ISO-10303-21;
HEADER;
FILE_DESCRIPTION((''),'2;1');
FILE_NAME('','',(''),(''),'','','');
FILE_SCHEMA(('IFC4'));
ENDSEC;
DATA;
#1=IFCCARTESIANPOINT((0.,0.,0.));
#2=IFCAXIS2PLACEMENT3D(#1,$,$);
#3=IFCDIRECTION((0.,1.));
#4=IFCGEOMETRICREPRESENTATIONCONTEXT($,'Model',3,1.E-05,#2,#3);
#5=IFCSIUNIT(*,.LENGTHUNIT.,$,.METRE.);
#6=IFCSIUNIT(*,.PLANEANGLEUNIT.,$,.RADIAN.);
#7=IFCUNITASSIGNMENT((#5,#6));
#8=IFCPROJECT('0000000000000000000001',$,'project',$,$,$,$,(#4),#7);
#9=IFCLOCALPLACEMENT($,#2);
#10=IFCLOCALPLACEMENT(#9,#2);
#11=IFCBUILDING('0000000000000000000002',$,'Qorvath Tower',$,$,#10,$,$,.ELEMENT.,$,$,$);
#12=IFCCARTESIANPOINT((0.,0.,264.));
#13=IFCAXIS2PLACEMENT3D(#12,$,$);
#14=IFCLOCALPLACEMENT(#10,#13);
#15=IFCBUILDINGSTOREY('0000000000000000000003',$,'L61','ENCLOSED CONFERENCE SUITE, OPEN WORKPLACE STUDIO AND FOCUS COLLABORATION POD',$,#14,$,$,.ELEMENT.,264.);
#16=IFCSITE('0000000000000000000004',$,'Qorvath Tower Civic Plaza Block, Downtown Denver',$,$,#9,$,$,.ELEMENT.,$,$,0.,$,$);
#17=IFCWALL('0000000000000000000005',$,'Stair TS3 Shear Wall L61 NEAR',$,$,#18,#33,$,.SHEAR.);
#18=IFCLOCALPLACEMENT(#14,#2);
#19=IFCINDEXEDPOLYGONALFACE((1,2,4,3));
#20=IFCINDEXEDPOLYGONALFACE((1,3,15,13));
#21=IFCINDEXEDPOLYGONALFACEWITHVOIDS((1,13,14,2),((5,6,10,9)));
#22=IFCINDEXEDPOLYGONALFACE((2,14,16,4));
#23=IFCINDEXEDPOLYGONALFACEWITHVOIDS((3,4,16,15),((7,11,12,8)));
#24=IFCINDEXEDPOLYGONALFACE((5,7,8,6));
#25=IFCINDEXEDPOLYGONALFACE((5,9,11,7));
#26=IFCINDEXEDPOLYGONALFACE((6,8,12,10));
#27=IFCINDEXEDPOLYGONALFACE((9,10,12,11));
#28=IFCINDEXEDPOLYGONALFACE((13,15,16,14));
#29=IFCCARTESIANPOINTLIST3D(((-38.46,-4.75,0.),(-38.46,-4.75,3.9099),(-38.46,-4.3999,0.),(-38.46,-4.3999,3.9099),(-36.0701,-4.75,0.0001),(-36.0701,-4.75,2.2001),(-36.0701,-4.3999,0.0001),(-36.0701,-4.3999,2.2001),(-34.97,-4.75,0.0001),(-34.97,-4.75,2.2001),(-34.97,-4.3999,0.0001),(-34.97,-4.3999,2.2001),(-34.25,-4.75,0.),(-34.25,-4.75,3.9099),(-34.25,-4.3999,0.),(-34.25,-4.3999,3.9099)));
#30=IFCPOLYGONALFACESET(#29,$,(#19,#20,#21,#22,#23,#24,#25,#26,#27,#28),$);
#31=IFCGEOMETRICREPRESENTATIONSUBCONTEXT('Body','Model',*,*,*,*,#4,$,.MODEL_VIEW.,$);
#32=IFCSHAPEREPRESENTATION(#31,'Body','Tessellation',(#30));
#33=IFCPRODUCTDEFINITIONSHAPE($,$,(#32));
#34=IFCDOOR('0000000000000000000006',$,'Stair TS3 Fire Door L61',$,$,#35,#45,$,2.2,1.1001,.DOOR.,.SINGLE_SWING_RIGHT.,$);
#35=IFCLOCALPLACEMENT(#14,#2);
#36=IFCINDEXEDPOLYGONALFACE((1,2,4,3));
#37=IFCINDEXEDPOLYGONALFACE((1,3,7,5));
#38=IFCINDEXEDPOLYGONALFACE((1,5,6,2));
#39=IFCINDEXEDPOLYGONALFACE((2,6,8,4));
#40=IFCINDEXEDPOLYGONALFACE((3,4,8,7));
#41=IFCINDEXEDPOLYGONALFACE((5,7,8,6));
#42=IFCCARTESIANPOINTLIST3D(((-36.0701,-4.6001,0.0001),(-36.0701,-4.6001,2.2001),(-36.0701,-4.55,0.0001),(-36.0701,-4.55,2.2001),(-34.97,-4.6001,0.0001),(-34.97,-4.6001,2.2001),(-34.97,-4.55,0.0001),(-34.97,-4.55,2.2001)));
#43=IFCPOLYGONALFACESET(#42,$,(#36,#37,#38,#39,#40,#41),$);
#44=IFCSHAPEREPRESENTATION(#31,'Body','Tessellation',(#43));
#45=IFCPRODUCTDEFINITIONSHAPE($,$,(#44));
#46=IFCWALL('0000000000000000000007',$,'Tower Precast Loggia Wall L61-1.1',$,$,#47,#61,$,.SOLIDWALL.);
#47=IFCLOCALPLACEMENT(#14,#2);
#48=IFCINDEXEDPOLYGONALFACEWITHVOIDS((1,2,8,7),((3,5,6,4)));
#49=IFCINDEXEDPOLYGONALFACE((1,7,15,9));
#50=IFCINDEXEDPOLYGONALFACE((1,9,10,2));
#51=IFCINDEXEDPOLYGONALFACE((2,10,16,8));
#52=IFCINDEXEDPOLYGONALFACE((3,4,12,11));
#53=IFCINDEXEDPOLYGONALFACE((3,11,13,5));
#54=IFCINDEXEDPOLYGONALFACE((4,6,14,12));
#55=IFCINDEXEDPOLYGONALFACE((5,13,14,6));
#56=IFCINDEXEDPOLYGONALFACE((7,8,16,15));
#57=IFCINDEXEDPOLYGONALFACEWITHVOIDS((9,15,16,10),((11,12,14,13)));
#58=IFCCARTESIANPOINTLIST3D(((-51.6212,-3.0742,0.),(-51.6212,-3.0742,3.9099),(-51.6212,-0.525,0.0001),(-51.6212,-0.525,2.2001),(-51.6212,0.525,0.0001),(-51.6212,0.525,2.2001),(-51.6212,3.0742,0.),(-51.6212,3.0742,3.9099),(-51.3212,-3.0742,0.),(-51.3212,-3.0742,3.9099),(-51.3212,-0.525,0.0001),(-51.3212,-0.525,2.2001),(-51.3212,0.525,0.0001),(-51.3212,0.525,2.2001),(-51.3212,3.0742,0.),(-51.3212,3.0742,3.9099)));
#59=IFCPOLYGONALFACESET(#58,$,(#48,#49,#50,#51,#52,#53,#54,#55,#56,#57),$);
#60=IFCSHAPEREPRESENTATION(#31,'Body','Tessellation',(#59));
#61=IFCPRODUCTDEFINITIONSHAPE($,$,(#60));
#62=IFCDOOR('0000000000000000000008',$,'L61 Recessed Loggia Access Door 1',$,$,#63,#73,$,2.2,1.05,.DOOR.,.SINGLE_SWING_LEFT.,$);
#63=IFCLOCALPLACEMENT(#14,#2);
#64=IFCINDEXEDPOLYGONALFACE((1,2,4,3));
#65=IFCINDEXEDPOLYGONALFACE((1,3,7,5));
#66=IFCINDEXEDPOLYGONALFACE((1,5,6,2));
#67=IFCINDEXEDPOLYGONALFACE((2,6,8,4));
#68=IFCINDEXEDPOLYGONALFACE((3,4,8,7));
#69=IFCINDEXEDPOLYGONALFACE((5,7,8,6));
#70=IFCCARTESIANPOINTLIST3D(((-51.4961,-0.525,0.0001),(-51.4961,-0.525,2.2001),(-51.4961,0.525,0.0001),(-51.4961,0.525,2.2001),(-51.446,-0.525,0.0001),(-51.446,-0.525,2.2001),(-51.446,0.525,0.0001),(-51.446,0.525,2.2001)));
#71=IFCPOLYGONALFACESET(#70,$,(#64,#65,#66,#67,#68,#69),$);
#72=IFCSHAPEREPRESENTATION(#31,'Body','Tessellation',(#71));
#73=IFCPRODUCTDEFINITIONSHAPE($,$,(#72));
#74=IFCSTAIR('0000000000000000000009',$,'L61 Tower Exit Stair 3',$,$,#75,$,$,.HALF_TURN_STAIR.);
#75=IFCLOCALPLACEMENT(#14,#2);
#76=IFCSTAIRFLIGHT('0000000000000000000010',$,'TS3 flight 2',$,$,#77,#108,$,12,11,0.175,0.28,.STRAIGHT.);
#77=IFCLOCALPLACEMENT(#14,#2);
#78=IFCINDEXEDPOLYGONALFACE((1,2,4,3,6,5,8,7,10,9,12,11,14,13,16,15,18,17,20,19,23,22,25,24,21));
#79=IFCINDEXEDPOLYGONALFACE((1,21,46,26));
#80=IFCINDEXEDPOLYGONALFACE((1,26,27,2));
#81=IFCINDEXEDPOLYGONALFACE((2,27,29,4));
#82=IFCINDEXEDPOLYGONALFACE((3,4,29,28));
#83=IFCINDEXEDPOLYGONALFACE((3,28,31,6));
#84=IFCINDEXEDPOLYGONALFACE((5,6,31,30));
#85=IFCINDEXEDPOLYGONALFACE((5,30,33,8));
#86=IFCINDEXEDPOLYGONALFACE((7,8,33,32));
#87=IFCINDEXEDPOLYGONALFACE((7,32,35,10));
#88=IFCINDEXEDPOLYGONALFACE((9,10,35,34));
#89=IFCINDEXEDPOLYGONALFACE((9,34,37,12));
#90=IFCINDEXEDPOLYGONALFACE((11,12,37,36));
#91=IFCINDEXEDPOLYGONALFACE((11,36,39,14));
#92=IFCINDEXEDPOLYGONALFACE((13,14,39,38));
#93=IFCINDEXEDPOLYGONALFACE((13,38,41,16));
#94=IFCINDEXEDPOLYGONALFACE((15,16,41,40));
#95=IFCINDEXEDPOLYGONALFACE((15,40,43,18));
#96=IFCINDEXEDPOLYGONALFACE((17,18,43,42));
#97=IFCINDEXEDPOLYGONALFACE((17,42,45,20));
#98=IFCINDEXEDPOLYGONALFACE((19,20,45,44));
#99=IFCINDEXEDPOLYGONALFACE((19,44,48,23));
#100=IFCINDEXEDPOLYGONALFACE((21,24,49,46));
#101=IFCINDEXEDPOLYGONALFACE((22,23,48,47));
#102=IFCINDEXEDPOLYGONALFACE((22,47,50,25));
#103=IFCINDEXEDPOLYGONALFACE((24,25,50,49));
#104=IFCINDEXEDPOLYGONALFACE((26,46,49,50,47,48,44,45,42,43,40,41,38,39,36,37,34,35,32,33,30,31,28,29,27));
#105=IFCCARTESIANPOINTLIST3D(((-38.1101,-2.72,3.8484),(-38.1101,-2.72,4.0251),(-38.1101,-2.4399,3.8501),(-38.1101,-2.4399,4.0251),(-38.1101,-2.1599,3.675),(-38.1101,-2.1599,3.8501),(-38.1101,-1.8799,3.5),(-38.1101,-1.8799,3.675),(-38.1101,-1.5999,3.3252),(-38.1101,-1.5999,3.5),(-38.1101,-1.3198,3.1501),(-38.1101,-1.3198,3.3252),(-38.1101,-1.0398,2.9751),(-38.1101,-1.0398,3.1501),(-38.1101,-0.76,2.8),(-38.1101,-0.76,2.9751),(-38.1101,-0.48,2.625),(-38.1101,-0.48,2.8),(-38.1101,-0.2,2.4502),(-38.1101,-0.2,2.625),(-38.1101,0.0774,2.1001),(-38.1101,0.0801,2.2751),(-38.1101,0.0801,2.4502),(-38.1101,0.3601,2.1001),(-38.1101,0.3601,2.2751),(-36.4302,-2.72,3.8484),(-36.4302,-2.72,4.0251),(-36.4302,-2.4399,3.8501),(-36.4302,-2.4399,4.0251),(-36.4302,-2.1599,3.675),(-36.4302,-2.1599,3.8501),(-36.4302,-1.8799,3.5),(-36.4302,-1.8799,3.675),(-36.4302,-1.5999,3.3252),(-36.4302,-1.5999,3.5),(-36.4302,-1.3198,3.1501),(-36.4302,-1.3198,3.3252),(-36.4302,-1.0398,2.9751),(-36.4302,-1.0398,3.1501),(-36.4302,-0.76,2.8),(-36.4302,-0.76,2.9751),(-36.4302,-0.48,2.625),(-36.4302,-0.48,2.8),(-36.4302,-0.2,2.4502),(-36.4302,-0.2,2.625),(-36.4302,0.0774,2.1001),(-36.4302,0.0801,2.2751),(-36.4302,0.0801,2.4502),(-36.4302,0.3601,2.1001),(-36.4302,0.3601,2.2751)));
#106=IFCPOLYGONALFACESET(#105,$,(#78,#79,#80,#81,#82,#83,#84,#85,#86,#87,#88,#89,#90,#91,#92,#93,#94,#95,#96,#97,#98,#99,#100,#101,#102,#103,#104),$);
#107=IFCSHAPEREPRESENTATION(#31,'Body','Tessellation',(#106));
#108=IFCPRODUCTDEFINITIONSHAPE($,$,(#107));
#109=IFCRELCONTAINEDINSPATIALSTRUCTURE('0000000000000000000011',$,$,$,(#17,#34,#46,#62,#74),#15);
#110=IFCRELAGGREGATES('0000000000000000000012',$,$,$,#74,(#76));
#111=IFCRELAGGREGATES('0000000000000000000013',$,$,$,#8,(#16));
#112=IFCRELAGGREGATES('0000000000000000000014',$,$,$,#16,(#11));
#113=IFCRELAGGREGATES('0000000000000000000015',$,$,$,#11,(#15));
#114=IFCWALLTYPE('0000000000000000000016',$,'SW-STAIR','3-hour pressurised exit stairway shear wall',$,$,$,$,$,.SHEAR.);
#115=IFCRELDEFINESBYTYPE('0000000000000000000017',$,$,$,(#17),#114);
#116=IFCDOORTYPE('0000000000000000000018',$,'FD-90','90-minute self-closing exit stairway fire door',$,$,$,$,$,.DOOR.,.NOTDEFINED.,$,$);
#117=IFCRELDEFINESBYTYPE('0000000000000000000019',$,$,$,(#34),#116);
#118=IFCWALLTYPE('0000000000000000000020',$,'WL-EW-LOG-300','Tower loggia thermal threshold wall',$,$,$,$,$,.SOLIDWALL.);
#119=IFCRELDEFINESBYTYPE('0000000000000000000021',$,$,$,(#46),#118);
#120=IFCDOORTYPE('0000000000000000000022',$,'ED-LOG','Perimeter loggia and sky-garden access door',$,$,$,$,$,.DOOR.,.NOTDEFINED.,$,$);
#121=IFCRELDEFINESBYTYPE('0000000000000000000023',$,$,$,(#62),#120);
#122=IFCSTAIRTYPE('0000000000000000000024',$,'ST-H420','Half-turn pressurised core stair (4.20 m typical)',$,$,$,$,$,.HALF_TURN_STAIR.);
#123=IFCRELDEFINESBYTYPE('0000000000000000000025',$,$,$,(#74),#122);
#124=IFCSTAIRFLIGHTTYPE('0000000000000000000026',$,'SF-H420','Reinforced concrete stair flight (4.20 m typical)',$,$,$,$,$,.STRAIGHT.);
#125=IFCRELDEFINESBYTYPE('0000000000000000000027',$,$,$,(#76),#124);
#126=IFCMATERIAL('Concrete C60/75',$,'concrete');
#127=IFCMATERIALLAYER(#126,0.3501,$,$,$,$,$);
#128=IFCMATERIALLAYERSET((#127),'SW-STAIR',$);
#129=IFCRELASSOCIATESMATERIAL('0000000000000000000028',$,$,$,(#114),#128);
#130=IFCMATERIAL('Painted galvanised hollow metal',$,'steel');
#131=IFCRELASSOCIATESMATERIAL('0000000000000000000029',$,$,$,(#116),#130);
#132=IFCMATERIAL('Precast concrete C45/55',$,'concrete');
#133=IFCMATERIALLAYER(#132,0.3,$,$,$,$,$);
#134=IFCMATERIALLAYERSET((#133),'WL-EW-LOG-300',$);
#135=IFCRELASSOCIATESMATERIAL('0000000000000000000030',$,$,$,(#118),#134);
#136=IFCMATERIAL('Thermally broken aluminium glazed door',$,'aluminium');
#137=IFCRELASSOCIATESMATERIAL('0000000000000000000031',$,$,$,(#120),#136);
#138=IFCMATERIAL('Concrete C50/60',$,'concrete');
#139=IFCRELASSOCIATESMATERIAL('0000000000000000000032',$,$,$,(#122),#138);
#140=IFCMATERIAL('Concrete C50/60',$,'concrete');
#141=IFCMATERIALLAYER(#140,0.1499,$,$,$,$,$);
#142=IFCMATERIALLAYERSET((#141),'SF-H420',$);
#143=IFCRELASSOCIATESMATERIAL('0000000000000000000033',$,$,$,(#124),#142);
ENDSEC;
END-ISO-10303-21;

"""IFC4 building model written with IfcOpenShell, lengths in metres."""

from ifc_helpers import new_model, si_unit, direction, frame, frame_2d, origin, place, context, subcontext, project, spatial, polyline, rectangle, outline, extrude, material, layer, layer_set, type_object, element, fill, aggregate, save


model = new_model("IFC4")

# Units and contexts
model_context = context("Model", 3, precision=1e-05, world=origin(), true_north=direction((0.0, 1.0)))
body_context = subcontext(model_context, "Body", "Model", "MODEL_VIEW")
ifc_project = project(units=[si_unit("LENGTHUNIT", "METRE"), si_unit("PLANEANGLEUNIT", "RADIAN")], contexts=[model_context])

# Site, building, storey
site_placement = place(None, origin())
site = spatial("IfcSite", under=ifc_project, at=site_placement, Name="Qorvath Tower Civic Plaza Block, Downtown Denver", CompositionType="ELEMENT", RefElevation=0.0)
building_placement = place(site_placement, origin())
building = spatial("IfcBuilding", under=site, at=building_placement, Name="Qorvath Tower", CompositionType="ELEMENT")
storey_placement = place(building_placement, frame((0.0, 0.0, 264.0)))
storey = spatial("IfcBuildingStorey", under=building, at=storey_placement, Name="L61", Description="ENCLOSED CONFERENCE SUITE, OPEN WORKPLACE STUDIO AND FOCUS COLLABORATION POD", CompositionType="ELEMENT", Elevation=264.0)

# Walls, openings, doors
ifc_material_1 = material(Name="Concrete C60/75", Category="concrete")
ifc_layer_1 = layer(ifc_material_1, 0.3501)
ifc_layer_set_1 = layer_set([ifc_layer_1], Name="SW-STAIR")
wall_type_1 = type_object("IfcWallType", Name="SW-STAIR", Description="3-hour pressurised exit stairway shear wall", PredefinedType="SHEAR", material=ifc_layer_set_1)
wall_1_placement = place(storey_placement, frame((-38.46, -4.575, 0.0), z_axis=(0.0, 0.0, 1.0), x_axis=(1.0, 0.0, 0.0)))
wall_1 = element("IfcWall", 1, at=wall_1_placement, inside=storey, type_object=wall_type_1, Name="Stair TS3 Shear Wall L61 NEAR", PredefinedType="SHEAR", context=body_context, shape_type="SweptSolid", body=[
    extrude(rectangle(XDim=4.21, YDim=0.3501, at=frame_2d((2.105, 0.0))), origin(), (0.0, 0.0, 1.0), 3.9099),
])
opening_1_placement = place(wall_1_placement, frame((2.3899, 0.0, 0.0)))
opening_1 = element("IfcOpeningElement", 2, at=opening_1_placement, cuts=wall_1, PredefinedType="OPENING", context=body_context, shape_type="SweptSolid", body=[
    extrude(rectangle(XDim=1.1001, YDim=2.2, at=frame_2d((0.55, 1.1001))), frame((0.0, 0.1851, 0.0), z_axis=(0.0, -1.0, 0.0), x_axis=(1.0, 0.0, 0.0)), (0.0, 0.0, 1.0), 0.3701),
])
ifc_material_2 = material(Name="Painted galvanised hollow metal", Category="steel")
door_type_1 = type_object("IfcDoorType", Name="FD-90", Description="90-minute self-closing exit stairway fire door", OperationType="NOTDEFINED", PredefinedType="DOOR", material=ifc_material_2)
door_1_placement = place(opening_1_placement, origin())
door_1 = element("IfcDoor", 3, at=door_1_placement, inside=storey, type_object=door_type_1, Name="Stair TS3 Fire Door L61", OperationType="SINGLE_SWING_RIGHT", OverallHeight=2.2, OverallWidth=1.1001, PredefinedType="DOOR", context=body_context, shape_type="SweptSolid", body=[
    extrude(rectangle(XDim=1.1001, YDim=2.2, at=frame_2d((0.55, 1.1001))), frame((0.0, 0.0249, 0.0), z_axis=(0.0, -1.0, 0.0), x_axis=(1.0, 0.0, 0.0)), (0.0, 0.0, 1.0), 0.05),
])
fill(opening_1, door_1)
ifc_material_3 = material(Name="Precast concrete C45/55", Category="concrete")
ifc_layer_2 = layer(ifc_material_3, 0.3)
ifc_layer_set_2 = layer_set([ifc_layer_2], Name="WL-EW-LOG-300")
wall_type_2 = type_object("IfcWallType", Name="WL-EW-LOG-300", Description="Tower loggia thermal threshold wall", PredefinedType="SOLIDWALL", material=ifc_layer_set_2)
wall_2_placement = place(storey_placement, frame((-51.4712, -3.0742, 0.0), z_axis=(0.0, 0.0, 1.0), x_axis=(0.0, 1.0, 0.0)))
wall_2 = element("IfcWall", 4, at=wall_2_placement, inside=storey, type_object=wall_type_2, Name="Tower Precast Loggia Wall L61-1.1", PredefinedType="SOLIDWALL", context=body_context, shape_type="SweptSolid", body=[
    extrude(rectangle(XDim=6.1484, YDim=0.3, at=frame_2d((3.0742, 0.0))), origin(), (0.0, 0.0, 1.0), 3.9099),
])
opening_2_placement = place(wall_2_placement, frame((2.5493, 0.0, 0.0)))
opening_2 = element("IfcOpeningElement", 5, at=opening_2_placement, cuts=wall_2, PredefinedType="OPENING", context=body_context, shape_type="SweptSolid", body=[
    extrude(rectangle(XDim=1.05, YDim=2.2, at=frame_2d((0.5249, 1.1001))), frame((0.0, 0.1602, 0.0), z_axis=(0.0, -1.0, 0.0), x_axis=(1.0, 0.0, 0.0)), (0.0, 0.0, 1.0), 0.3201),
])
ifc_material_4 = material(Name="Thermally broken aluminium glazed door", Category="aluminium")
door_type_2 = type_object("IfcDoorType", Name="ED-LOG", Description="Perimeter loggia and sky-garden access door", OperationType="NOTDEFINED", PredefinedType="DOOR", material=ifc_material_4)
door_2_placement = place(opening_2_placement, origin())
door_2 = element("IfcDoor", 6, at=door_2_placement, inside=storey, type_object=door_type_2, Name="L61 Recessed Loggia Access Door 1", OperationType="SINGLE_SWING_LEFT", OverallHeight=2.2, OverallWidth=1.05, PredefinedType="DOOR", context=body_context, shape_type="SweptSolid", body=[
    extrude(rectangle(XDim=1.05, YDim=2.2, at=frame_2d((0.5249, 1.1001))), frame((0.0, 0.0249, 0.0), z_axis=(0.0, -1.0, 0.0), x_axis=(1.0, 0.0, 0.0)), (0.0, 0.0, 1.0), 0.05),
])
fill(opening_2, door_2)

# Stair, stair flight
ifc_material_5 = material(Name="Concrete C50/60", Category="concrete")
stair_type = type_object("IfcStairType", Name="ST-H420", Description="Half-turn pressurised core stair (4.20 m typical)", PredefinedType="HALF_TURN_STAIR", material=ifc_material_5)
stair_placement = place(storey_placement, origin())
stair = element("IfcStair", 7, at=stair_placement, inside=storey, type_object=stair_type, Name="L61 Tower Exit Stair 3", PredefinedType="HALF_TURN_STAIR")
ifc_material_6 = material(Name="Concrete C50/60", Category="concrete")
ifc_layer_3 = layer(ifc_material_6, 0.1499)
ifc_layer_set_3 = layer_set([ifc_layer_3], Name="SF-H420")
stair_flight_type = type_object("IfcStairFlightType", Name="SF-H420", Description="Reinforced concrete stair flight (4.20 m typical)", PredefinedType="STRAIGHT", material=ifc_layer_set_3)
stair_flight_placement = place(storey_placement, frame((-37.27, 0.3601, 2.1001), z_axis=(0.0, 0.0, 1.0), x_axis=(0.0, -1.0, 0.0)))
stair_flight = element("IfcStairFlight", 8, at=stair_flight_placement, type_object=stair_flight_type, Name="TS3 flight 2", NumberOfRisers=12, NumberOfTreads=11, PredefinedType="STRAIGHT", RiserHeight=0.175, TreadLength=0.28, context=body_context, shape_type="SweptSolid", body=[
    extrude(outline(polyline([(0.0, 0.0), (0.0, 0.175), (0.28, 0.175), (0.28, 0.3501), (0.5601, 0.3501), (0.5601, 0.5249), (0.8401, 0.5249), (0.8401, 0.7), (1.1201, 0.7), (1.1201, 0.875), (1.3999, 0.875), (1.3999, 1.05), (1.6799, 1.05), (1.6799, 1.2251), (1.96, 1.2251), (1.96, 1.3999), (2.24, 1.3999), (2.24, 1.575), (2.52, 1.575), (2.52, 1.75), (2.8, 1.75), (2.8, 1.925), (3.0801, 1.925), (3.0801, 2.1001), (3.0801, 1.7483), (0.2827, 0.0), (0.0, 0.0)])), frame((0.0, 0.8398, 0.0), z_axis=(0.0, -1.0, 0.0), x_axis=(1.0, 0.0, 0.0)), (0.0, 0.0, 1.0), 1.6799),
])
aggregate(stair, [stair_flight])

save(model, "model.ifc")
